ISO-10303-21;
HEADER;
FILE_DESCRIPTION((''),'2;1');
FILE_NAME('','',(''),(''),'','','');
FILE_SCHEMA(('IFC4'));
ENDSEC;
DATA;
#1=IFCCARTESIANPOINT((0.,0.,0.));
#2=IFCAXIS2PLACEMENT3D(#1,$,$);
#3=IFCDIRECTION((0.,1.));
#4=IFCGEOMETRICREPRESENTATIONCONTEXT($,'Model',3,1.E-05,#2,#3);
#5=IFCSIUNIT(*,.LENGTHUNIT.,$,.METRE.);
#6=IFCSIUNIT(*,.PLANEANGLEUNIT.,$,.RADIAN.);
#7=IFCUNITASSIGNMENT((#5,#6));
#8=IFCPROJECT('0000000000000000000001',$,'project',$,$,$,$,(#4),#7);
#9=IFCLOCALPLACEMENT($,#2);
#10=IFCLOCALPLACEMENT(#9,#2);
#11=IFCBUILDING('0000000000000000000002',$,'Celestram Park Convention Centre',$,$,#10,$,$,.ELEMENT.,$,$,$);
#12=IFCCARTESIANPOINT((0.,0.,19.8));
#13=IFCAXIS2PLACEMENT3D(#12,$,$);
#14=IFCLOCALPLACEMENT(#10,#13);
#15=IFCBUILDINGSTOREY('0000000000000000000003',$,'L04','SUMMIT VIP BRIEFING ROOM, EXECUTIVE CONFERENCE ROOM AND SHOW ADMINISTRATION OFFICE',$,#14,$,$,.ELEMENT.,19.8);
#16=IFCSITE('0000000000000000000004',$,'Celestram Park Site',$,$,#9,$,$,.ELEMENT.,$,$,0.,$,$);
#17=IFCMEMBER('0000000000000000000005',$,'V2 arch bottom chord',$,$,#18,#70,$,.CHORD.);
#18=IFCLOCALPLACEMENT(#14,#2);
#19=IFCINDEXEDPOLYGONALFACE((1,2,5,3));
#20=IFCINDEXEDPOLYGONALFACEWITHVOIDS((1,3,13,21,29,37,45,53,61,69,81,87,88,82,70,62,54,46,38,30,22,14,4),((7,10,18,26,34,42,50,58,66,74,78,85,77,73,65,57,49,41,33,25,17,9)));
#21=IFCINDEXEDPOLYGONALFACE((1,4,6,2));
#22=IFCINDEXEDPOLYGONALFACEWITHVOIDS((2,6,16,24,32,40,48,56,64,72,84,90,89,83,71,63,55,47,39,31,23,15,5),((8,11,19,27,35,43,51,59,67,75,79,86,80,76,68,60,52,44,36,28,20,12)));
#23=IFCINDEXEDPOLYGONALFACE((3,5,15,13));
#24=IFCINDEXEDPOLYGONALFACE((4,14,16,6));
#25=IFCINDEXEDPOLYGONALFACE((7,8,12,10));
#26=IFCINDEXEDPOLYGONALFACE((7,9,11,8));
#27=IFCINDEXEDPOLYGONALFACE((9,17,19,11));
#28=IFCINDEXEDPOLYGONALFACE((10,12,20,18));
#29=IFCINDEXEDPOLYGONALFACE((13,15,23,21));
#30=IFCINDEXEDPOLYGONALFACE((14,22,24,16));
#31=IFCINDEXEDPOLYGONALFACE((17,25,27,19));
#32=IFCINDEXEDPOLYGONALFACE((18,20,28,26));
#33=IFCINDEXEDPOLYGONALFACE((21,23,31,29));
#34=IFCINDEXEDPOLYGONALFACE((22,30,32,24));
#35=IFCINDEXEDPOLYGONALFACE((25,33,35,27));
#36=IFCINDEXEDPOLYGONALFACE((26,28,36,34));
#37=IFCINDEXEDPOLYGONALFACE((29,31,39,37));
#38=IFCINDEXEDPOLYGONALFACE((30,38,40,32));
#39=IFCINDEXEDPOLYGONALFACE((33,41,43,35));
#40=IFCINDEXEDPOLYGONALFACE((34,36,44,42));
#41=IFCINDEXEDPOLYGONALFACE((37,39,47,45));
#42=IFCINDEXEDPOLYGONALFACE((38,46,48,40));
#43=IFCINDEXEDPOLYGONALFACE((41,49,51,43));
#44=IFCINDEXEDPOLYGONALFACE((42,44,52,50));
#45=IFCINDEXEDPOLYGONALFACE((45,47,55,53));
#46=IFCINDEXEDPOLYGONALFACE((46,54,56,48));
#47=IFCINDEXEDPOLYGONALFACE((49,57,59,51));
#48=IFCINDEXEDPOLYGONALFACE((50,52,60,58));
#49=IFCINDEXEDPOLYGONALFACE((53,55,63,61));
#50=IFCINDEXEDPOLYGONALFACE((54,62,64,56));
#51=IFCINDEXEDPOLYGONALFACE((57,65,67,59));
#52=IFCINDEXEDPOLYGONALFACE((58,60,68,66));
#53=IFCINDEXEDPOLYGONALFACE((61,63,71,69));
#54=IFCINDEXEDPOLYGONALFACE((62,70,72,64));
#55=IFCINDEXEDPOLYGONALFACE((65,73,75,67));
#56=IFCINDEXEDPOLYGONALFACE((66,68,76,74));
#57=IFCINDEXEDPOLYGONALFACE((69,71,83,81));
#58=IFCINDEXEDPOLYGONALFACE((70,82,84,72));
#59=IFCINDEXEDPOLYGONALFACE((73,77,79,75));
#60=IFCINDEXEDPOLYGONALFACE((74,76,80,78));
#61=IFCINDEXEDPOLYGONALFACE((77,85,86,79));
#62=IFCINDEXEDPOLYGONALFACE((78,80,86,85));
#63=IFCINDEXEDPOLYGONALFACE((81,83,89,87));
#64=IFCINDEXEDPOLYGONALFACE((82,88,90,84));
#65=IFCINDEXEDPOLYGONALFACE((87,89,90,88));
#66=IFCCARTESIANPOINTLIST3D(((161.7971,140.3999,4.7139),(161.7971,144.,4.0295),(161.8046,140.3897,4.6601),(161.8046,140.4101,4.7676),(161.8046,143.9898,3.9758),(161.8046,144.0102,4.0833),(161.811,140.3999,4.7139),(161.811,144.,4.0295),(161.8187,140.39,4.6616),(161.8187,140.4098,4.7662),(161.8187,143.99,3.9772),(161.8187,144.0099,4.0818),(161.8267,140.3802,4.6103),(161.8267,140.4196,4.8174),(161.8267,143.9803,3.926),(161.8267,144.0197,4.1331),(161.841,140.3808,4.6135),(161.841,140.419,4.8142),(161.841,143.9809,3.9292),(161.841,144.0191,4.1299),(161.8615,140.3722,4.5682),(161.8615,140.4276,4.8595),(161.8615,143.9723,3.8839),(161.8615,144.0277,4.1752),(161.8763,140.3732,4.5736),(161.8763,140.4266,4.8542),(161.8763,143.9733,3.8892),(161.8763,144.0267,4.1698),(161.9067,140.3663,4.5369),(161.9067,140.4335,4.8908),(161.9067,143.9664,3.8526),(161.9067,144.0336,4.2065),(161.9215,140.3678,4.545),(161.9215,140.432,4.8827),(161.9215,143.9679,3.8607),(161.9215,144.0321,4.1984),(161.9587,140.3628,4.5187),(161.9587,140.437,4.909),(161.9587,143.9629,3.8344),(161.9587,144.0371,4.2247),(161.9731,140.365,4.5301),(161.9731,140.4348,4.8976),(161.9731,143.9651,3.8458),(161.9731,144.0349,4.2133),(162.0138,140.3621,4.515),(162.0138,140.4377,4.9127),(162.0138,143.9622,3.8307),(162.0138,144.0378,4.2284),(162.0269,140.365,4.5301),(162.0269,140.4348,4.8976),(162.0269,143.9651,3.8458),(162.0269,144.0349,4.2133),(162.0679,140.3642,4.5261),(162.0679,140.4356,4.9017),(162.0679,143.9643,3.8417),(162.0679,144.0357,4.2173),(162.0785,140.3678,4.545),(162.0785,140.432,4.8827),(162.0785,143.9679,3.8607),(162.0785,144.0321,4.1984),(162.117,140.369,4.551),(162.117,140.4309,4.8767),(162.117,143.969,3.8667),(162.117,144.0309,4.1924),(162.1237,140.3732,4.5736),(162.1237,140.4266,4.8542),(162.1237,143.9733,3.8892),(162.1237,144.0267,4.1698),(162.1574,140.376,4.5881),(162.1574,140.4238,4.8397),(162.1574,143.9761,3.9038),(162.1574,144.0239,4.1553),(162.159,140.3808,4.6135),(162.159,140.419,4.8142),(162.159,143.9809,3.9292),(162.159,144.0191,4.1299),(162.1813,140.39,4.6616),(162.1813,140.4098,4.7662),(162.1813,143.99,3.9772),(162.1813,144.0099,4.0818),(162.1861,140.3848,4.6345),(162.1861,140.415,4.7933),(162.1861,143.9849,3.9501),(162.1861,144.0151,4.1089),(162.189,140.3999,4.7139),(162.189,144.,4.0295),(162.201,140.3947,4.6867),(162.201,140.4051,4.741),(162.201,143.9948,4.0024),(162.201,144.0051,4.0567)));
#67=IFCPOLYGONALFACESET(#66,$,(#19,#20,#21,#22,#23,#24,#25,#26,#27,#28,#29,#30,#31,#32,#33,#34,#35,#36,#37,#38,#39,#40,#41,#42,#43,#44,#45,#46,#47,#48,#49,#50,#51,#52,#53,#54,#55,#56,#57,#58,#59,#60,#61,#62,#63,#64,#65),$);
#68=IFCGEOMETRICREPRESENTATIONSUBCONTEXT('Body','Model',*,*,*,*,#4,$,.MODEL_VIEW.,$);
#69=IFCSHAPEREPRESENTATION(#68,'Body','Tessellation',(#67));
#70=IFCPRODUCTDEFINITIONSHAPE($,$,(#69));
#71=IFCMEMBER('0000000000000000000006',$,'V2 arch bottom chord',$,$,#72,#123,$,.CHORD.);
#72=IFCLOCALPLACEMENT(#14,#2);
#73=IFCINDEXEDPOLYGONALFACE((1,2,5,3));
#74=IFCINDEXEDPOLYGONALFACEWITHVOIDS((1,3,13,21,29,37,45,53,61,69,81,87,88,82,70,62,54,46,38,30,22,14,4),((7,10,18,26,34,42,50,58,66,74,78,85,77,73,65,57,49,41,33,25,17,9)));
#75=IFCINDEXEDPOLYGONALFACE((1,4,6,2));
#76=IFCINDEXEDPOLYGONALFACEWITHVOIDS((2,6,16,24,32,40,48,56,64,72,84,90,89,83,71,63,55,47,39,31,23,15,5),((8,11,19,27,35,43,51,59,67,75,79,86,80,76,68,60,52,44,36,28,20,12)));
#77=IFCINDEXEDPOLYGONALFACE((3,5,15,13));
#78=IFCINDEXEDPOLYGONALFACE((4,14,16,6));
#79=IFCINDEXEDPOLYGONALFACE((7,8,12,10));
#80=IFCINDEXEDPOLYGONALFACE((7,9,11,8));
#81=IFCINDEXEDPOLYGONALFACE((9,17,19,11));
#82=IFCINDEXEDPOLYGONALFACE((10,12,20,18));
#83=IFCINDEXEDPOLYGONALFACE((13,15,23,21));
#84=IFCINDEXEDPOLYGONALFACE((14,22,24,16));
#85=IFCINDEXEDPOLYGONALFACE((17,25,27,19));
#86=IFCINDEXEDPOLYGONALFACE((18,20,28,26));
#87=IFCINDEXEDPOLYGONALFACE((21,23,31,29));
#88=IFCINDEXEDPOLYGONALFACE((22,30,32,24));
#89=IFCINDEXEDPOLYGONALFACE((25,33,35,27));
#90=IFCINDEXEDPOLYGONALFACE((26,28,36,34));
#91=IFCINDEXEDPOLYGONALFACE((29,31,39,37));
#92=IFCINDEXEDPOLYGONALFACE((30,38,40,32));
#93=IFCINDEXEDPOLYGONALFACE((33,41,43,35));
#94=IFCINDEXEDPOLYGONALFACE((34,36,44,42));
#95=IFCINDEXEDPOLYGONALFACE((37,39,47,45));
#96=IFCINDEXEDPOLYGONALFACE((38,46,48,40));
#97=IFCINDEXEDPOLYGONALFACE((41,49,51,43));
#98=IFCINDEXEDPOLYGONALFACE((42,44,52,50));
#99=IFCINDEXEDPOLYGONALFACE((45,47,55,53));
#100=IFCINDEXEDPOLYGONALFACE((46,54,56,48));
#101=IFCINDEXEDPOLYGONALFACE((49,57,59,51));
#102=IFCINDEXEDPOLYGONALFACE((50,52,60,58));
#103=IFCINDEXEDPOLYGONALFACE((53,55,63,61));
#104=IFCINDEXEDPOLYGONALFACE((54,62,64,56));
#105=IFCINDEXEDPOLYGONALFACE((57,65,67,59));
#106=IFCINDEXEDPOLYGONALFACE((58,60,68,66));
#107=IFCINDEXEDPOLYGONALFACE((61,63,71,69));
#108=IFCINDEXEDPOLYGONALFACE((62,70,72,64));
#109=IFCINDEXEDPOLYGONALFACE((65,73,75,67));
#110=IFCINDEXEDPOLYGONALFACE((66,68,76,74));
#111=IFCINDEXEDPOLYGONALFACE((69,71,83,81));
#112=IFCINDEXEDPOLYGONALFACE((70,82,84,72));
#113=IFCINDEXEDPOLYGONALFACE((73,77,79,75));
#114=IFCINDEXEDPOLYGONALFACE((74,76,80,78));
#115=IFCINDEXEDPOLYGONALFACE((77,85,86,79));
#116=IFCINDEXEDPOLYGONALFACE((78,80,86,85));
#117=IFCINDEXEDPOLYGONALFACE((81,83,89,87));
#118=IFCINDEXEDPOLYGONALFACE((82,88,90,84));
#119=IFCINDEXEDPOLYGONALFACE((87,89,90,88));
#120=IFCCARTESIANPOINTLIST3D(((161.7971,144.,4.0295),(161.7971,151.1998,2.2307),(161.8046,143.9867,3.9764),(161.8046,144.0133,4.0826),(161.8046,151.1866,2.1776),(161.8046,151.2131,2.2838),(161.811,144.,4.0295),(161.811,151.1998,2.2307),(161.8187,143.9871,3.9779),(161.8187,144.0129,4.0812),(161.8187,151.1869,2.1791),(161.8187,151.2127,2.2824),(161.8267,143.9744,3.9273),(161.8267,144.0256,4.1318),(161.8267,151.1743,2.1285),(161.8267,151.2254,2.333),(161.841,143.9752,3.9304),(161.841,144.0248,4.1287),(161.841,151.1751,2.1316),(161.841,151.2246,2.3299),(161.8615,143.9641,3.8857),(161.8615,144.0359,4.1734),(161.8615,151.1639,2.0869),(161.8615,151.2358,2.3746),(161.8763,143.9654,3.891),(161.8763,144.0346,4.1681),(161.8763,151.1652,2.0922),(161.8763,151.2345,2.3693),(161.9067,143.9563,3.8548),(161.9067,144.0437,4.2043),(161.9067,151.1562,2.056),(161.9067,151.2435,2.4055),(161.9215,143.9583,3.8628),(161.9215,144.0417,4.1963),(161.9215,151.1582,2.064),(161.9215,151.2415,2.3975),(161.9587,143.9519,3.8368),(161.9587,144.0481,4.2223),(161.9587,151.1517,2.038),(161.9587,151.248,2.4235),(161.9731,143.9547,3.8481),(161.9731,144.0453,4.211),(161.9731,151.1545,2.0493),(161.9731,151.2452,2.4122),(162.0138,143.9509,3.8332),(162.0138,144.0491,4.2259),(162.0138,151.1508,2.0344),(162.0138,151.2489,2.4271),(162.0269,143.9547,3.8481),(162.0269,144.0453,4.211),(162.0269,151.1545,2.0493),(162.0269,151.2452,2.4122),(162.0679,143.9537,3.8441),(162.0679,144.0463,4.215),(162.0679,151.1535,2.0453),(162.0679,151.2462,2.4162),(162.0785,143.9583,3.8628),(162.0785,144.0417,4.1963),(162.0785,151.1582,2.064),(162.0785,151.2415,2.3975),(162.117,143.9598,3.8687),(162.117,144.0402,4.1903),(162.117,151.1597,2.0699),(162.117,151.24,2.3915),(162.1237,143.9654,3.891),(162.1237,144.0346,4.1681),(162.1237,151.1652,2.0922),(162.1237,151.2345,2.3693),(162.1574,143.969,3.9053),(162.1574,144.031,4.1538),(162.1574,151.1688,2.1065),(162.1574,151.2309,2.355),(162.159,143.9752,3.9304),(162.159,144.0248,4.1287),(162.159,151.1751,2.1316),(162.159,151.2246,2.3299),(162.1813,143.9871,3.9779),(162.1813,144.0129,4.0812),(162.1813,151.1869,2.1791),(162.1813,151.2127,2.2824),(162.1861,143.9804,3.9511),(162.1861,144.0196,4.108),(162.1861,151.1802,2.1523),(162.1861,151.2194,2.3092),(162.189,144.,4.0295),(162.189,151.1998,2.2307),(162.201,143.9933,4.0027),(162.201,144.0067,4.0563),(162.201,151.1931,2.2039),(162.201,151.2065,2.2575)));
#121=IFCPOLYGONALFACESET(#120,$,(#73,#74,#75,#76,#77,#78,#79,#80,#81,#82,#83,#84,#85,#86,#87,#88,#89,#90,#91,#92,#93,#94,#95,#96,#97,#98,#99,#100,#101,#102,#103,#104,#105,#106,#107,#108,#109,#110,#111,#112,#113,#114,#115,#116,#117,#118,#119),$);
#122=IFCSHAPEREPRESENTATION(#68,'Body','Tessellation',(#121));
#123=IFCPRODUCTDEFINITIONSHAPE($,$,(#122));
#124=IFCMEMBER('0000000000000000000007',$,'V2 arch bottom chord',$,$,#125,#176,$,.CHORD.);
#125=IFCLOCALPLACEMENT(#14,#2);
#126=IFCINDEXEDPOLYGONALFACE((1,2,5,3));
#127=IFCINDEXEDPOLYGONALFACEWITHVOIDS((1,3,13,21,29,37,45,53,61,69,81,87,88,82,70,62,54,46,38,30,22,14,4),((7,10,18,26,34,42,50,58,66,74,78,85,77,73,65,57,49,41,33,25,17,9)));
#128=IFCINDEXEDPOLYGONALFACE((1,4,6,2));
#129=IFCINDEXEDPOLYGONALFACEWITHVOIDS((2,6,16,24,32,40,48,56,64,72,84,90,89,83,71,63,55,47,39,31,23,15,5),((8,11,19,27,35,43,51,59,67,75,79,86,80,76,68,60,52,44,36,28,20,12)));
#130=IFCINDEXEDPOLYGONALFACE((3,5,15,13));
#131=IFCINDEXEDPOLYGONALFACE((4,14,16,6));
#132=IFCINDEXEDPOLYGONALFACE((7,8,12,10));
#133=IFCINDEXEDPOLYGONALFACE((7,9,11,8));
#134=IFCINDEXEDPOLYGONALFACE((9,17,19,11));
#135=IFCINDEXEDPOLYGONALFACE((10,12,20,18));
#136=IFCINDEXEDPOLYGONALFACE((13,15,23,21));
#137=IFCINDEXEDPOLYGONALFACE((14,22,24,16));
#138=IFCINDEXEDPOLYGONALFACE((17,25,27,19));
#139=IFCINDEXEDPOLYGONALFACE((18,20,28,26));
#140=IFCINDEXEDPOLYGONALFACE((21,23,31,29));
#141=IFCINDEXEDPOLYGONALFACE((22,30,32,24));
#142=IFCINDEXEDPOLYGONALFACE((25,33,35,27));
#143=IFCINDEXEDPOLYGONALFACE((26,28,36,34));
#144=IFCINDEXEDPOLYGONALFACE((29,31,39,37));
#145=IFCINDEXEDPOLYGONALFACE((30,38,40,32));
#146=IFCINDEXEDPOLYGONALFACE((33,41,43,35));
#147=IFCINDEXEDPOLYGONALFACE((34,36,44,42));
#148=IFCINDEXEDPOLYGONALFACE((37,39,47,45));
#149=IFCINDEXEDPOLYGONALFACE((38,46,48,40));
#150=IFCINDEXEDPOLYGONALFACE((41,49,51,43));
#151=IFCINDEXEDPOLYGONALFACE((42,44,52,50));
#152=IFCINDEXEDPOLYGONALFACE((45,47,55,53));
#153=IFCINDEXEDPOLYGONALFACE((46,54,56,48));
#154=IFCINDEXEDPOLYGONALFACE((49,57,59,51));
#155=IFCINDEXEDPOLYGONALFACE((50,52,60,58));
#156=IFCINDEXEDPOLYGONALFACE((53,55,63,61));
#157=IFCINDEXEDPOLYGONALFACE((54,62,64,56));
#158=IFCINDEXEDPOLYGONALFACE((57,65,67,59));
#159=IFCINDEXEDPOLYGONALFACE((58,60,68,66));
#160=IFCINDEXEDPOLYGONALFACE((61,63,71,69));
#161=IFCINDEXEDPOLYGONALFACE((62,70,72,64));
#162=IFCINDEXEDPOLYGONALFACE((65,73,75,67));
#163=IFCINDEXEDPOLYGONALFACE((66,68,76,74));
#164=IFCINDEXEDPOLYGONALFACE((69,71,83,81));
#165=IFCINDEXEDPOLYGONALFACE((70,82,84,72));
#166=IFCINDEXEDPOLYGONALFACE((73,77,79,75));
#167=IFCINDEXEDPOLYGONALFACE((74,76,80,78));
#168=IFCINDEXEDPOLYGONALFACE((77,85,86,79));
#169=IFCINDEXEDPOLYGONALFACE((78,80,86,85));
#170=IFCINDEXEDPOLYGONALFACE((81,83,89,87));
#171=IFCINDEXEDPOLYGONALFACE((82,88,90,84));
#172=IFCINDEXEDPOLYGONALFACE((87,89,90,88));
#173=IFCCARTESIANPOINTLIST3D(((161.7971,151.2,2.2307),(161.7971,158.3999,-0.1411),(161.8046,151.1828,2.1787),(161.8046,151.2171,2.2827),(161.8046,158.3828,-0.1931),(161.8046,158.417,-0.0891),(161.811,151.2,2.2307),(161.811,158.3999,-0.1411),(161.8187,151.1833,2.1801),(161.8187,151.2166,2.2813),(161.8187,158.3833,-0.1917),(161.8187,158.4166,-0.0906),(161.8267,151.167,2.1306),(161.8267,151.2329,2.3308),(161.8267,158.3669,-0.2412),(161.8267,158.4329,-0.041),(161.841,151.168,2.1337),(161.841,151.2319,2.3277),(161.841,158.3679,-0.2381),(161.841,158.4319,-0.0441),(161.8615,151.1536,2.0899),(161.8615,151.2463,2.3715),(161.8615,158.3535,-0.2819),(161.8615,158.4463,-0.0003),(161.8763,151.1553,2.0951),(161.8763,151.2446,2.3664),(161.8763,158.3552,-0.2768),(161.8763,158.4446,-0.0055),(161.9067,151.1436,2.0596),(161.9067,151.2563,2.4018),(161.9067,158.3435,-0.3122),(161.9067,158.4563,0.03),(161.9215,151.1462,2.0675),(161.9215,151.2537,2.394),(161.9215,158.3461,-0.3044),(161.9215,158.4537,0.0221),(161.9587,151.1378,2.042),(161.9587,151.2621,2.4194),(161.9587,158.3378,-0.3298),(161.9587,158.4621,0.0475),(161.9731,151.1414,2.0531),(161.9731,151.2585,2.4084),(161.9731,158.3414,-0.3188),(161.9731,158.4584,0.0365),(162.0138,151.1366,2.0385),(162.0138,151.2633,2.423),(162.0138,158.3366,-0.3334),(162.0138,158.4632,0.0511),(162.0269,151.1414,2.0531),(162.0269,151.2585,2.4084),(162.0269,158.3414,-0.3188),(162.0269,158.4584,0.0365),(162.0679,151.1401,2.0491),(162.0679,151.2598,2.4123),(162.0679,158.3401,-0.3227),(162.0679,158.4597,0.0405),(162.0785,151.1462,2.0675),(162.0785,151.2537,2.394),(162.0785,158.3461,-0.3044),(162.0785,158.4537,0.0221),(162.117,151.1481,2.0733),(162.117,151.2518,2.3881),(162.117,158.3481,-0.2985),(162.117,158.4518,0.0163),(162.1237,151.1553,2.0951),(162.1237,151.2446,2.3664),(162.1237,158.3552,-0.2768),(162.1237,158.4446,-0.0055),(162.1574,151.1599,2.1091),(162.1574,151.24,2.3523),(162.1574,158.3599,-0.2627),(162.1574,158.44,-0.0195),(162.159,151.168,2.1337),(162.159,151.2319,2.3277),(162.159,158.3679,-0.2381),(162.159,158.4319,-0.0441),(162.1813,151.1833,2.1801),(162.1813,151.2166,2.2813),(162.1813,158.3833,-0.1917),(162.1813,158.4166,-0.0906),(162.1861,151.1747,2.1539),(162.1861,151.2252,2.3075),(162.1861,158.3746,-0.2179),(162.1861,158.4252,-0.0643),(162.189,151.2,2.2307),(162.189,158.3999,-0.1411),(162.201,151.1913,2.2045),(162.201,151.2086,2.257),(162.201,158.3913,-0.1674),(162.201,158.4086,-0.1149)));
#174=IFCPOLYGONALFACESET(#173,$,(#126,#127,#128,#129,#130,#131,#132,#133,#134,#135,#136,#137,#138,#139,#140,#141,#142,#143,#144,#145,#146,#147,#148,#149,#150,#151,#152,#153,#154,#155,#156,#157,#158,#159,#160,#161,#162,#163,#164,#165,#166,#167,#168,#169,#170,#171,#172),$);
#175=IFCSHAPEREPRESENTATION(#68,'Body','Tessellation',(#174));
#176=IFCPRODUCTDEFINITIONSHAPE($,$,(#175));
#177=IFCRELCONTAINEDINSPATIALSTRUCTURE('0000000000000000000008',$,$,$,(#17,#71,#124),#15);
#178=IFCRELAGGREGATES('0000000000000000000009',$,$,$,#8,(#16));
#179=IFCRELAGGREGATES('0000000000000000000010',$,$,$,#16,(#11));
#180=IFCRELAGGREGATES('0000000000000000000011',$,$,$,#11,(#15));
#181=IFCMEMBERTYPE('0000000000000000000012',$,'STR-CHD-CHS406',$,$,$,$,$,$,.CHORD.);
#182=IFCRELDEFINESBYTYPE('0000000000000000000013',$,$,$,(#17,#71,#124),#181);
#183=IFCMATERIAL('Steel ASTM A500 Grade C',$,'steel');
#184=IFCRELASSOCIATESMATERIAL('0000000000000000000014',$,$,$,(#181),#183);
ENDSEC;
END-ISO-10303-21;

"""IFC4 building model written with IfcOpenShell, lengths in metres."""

from ifc_helpers import new_model, si_unit, direction, frame, origin, origin_2d, place, context, subcontext, project, spatial, hollow_circle, extrude, material, material_profile, profile_set, type_object, element, save


model = new_model("IFC4")

# Units and contexts
model_context = context("Model", 3, precision=1e-05, world=origin(), true_north=direction((0.0, 1.0)))
body_context = subcontext(model_context, "Body", "Model", "MODEL_VIEW")
ifc_project = project(units=[si_unit("LENGTHUNIT", "METRE"), si_unit("PLANEANGLEUNIT", "RADIAN")], contexts=[model_context])

# Site, building, storey
site_placement = place(None, origin())
site = spatial("IfcSite", under=ifc_project, at=site_placement, Name="Celestram Park Site", CompositionType="ELEMENT", RefElevation=0.0)
building_placement = place(site_placement, origin())
building = spatial("IfcBuilding", under=site, at=building_placement, Name="Celestram Park Convention Centre", CompositionType="ELEMENT")
storey_placement = place(building_placement, frame((0.0, 0.0, 19.8)))
storey = spatial("IfcBuildingStorey", under=building, at=storey_placement, Name="L04", Description="SUMMIT VIP BRIEFING ROOM, EXECUTIVE CONFERENCE ROOM AND SHOW ADMINISTRATION OFFICE", CompositionType="ELEMENT", Elevation=19.8)

# Members
ifc_material_1 = material(Name="Steel ASTM A500 Grade C", Category="steel")
ifc_material_profile_1 = material_profile(ifc_material_1, hollow_circle(Radius=0.2029, WallThickness=0.0139, at=origin_2d()), Name="CHS406X14")
ifc_profile_set_1 = profile_set([ifc_material_profile_1], Name="Steel ASTM A500 Grade C")
member_type_1 = type_object("IfcMemberType", Name="STR-CHD-CHS406", PredefinedType="CHORD", material=ifc_profile_set_1)
member_1_placement = place(storey_placement, frame((162.0, 140.3999, 4.7139), z_axis=(0.0, 0.982409, -0.186742), x_axis=(-1.0, 0.0, 0.0)))
element("IfcMember", 1, at=member_1_placement, inside=storey, type_object=member_type_1, Name="V2 arch bottom chord", PredefinedType="CHORD", context=body_context, shape_type="SweptSolid", body=[
    extrude(hollow_circle(Radius=0.2029, WallThickness=0.0139, at=origin_2d()), origin(), (0.0, 0.0, 1.0), 3.6646),
])
member_2_placement = place(storey_placement, frame((162.0, 144.0, 4.0295), z_axis=(0.0, 0.970179, -0.242389), x_axis=(-1.0, 0.0, 0.0)))
element("IfcMember", 2, at=member_2_placement, inside=storey, type_object=member_type_1, Name="V2 arch bottom chord", PredefinedType="CHORD", context=body_context, shape_type="SweptSolid", body=[
    extrude(hollow_circle(Radius=0.2029, WallThickness=0.0139, at=origin_2d()), origin(), (0.0, 0.0, 1.0), 7.4211),
])
member_3_placement = place(storey_placement, frame((162.0, 151.2, 2.2307), z_axis=(0.0, 0.949792, -0.312883), x_axis=(-1.0, 0.0, 0.0)))
element("IfcMember", 3, at=member_3_placement, inside=storey, type_object=member_type_1, Name="V2 arch bottom chord", PredefinedType="CHORD", context=body_context, shape_type="SweptSolid", body=[
    extrude(hollow_circle(Radius=0.2029, WallThickness=0.0139, at=origin_2d()), origin(), (0.0, 0.0, 1.0), 7.5806),
])

save(model, "model.ifc")
